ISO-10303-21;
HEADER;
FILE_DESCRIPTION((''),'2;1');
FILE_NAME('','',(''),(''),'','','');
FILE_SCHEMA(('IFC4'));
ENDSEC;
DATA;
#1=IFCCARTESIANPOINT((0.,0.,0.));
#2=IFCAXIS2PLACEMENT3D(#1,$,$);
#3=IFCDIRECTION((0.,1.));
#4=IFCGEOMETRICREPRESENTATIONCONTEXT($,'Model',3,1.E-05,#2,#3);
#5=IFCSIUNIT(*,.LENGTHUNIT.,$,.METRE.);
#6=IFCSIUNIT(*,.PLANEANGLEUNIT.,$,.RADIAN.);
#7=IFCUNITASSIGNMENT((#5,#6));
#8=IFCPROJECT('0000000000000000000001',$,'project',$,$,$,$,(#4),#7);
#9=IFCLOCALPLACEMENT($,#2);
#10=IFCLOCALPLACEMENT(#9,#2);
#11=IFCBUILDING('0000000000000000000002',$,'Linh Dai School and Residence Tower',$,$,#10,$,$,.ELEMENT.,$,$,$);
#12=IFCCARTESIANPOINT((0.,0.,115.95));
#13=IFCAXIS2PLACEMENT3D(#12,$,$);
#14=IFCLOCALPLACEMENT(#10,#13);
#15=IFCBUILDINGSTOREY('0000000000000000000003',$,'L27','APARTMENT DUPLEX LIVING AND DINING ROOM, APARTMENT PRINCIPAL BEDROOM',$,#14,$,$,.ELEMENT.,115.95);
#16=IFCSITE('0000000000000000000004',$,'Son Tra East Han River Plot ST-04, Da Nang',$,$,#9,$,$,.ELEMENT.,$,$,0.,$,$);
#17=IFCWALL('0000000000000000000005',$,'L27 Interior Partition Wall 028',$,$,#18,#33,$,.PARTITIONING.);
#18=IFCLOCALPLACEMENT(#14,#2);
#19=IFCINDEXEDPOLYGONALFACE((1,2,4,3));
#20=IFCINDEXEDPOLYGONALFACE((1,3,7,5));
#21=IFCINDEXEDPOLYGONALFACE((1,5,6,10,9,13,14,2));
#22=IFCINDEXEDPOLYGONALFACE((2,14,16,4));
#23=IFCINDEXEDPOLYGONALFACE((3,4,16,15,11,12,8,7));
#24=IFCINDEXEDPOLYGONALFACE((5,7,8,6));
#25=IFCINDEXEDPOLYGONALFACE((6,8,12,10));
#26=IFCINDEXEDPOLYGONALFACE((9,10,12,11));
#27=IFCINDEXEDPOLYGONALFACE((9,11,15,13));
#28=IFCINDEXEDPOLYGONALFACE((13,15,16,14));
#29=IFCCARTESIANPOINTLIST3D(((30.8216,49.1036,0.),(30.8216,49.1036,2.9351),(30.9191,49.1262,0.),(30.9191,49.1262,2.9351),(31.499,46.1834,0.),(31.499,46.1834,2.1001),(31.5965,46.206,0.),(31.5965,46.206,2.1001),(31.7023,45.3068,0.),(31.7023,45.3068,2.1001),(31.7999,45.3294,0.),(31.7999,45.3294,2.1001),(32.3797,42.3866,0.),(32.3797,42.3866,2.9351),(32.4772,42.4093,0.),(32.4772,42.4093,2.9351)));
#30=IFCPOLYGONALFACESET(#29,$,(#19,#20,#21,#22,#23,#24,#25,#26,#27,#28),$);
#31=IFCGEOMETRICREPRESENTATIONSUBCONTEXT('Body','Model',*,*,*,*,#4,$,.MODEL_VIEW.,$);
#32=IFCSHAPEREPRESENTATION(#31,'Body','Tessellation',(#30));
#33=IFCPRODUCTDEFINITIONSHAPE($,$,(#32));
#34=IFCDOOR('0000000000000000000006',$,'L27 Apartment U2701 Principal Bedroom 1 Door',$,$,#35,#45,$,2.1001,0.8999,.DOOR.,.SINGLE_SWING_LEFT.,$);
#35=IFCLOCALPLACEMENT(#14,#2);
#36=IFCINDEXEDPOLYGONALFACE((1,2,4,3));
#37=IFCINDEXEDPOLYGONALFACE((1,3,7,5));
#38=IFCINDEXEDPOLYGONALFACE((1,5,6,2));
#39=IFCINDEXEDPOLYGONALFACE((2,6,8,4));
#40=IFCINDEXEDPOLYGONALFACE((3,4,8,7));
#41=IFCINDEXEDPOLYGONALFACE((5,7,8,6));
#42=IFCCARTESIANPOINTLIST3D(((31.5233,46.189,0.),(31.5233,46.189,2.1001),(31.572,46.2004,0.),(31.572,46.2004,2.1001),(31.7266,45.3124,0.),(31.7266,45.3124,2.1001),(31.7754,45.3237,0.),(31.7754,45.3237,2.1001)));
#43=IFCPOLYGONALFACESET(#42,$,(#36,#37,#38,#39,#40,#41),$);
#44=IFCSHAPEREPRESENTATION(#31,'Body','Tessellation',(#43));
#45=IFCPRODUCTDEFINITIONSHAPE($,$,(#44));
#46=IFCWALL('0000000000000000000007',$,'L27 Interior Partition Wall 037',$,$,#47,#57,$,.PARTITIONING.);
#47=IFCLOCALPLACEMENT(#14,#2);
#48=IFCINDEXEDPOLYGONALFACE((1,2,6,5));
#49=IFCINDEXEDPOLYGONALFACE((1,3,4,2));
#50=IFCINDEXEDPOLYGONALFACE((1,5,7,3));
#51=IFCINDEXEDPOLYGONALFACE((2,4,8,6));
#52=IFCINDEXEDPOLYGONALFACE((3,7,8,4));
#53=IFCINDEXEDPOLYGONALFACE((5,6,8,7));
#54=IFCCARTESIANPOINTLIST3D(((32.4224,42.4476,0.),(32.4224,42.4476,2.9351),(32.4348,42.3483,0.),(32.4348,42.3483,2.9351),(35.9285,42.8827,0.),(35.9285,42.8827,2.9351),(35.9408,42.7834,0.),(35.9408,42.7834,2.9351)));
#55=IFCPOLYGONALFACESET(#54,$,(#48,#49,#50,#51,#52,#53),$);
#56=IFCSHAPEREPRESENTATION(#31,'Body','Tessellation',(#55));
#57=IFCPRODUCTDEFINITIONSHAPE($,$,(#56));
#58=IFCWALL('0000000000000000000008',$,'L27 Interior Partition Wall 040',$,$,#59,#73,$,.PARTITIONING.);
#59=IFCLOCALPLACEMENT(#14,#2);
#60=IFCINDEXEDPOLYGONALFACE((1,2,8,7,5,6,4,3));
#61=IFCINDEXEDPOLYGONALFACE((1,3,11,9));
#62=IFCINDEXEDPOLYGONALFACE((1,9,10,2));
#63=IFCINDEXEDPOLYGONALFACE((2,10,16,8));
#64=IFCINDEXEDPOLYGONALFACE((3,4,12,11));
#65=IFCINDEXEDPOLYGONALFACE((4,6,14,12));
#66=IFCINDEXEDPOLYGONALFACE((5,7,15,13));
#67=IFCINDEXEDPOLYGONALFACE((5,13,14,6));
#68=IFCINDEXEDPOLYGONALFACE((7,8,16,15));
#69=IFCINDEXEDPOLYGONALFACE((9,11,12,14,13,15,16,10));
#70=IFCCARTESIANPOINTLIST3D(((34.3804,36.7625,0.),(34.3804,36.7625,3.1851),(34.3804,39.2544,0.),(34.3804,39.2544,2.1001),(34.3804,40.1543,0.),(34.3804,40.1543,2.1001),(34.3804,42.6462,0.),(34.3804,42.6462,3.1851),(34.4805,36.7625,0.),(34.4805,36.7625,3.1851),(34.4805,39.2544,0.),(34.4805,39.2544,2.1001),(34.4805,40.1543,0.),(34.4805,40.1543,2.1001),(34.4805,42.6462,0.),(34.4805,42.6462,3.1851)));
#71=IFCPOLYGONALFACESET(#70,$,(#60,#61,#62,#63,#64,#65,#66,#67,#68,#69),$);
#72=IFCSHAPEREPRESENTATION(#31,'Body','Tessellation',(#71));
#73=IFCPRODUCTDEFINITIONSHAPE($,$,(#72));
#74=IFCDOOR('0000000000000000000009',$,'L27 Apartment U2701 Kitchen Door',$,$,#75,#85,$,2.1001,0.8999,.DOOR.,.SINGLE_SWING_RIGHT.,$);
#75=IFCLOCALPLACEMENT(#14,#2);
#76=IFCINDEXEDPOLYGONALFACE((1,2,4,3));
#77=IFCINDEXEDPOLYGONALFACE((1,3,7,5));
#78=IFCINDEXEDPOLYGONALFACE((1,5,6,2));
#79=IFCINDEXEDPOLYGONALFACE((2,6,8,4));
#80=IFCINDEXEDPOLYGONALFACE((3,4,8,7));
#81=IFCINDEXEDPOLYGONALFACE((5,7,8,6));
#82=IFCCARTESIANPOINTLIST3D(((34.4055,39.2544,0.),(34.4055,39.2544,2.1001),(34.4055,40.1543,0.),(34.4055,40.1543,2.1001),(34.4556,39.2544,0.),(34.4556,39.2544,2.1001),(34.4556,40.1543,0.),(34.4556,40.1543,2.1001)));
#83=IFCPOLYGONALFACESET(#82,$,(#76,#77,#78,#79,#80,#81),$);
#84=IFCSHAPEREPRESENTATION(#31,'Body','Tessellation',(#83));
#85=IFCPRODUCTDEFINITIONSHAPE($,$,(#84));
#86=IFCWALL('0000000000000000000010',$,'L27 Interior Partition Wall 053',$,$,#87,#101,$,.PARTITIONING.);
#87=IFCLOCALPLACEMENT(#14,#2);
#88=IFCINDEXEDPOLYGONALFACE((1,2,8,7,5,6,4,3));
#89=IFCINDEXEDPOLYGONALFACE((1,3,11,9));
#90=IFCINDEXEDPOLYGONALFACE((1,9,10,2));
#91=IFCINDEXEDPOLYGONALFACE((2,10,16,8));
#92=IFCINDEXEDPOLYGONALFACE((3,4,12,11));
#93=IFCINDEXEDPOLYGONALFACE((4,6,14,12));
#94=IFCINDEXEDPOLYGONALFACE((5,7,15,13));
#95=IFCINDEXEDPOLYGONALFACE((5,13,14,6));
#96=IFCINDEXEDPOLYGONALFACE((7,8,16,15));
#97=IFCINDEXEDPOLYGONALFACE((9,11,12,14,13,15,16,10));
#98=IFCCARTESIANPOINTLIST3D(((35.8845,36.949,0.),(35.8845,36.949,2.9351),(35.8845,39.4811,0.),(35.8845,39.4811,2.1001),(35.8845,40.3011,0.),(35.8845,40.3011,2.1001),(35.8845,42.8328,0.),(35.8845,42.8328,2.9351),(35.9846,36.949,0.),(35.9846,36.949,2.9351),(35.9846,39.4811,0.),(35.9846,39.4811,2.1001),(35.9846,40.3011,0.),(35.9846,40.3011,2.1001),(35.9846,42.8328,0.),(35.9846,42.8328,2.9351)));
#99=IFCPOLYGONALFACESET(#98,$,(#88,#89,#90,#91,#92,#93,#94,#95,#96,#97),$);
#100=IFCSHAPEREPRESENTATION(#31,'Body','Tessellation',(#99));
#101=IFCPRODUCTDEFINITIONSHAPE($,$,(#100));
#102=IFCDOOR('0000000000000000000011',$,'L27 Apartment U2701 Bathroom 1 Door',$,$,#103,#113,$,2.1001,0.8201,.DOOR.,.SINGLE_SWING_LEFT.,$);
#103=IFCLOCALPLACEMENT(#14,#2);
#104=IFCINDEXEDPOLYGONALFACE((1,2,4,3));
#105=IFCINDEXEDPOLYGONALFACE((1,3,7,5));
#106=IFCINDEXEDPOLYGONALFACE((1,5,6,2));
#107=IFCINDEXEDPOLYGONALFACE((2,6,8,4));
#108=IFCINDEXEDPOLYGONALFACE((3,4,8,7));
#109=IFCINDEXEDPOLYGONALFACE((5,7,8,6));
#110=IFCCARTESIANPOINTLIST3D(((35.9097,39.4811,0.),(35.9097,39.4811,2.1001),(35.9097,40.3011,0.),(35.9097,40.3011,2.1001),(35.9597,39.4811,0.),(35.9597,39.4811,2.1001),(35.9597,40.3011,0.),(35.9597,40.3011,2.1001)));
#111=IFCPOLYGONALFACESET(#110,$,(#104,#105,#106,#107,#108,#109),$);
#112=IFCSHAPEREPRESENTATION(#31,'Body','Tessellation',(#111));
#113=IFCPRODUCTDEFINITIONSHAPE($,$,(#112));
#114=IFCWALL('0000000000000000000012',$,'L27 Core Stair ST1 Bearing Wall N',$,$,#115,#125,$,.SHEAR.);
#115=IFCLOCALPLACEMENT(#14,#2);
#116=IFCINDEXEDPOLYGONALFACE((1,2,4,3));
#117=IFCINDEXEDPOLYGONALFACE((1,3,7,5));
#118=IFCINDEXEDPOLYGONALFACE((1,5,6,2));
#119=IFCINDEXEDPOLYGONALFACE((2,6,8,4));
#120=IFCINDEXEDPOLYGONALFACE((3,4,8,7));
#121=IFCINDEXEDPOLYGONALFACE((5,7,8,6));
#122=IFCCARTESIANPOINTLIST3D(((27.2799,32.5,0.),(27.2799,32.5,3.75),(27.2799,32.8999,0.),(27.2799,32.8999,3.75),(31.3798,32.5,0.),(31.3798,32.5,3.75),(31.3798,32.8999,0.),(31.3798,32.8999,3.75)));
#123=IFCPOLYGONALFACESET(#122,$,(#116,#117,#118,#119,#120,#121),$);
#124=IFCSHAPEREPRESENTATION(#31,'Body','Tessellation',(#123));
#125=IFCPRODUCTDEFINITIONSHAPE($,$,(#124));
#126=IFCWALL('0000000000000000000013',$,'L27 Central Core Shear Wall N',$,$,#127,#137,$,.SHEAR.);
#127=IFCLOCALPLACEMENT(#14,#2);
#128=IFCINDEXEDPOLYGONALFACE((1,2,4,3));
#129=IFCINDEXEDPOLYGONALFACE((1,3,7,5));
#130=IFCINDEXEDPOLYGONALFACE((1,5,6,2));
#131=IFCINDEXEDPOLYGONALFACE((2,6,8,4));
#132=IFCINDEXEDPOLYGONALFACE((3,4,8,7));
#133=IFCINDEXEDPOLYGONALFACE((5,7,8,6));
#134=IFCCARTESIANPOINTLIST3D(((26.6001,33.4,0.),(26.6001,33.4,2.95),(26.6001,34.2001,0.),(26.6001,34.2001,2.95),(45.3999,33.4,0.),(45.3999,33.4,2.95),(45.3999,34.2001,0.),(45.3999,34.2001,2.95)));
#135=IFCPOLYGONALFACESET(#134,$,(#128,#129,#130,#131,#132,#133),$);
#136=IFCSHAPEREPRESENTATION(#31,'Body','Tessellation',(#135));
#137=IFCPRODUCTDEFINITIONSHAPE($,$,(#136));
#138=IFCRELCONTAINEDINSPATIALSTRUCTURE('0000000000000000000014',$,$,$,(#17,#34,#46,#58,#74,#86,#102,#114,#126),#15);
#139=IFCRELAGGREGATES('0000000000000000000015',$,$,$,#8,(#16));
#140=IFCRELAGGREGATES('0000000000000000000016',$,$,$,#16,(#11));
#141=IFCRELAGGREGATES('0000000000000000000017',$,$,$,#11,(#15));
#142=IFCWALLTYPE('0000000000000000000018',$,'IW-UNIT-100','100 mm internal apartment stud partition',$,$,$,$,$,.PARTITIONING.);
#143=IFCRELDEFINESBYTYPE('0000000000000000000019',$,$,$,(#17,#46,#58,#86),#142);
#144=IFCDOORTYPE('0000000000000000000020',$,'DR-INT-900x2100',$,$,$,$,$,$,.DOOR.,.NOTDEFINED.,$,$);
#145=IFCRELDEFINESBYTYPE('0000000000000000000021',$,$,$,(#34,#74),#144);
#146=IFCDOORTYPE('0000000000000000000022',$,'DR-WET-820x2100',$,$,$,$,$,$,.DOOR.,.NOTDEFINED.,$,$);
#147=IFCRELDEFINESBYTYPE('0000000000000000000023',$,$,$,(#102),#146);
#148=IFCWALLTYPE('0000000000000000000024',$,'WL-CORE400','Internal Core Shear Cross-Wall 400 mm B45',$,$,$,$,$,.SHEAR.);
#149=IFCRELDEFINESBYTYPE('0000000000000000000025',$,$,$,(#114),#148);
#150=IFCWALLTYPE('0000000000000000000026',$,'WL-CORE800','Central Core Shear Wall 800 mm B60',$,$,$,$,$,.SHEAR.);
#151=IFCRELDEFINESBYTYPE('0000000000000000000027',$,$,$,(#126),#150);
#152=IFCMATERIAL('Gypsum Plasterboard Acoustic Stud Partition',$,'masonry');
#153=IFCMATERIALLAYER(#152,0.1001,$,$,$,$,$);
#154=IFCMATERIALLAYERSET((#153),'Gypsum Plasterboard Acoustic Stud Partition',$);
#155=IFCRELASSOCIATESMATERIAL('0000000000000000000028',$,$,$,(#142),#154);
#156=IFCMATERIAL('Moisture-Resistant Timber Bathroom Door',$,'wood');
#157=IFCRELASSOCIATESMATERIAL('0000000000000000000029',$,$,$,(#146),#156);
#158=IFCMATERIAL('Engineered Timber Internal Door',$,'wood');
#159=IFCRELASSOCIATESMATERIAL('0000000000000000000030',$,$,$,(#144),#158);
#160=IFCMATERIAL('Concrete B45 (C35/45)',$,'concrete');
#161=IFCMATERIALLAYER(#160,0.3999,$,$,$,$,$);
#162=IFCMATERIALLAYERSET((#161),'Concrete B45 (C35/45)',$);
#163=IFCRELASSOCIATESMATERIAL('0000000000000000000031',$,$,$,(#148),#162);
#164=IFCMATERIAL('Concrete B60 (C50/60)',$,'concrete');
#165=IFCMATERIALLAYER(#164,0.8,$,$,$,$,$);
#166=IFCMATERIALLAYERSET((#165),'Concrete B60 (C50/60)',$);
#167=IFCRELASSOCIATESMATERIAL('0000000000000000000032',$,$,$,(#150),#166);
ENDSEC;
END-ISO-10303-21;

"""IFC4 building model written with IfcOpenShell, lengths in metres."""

from ifc_helpers import new_model, si_unit, direction, frame, frame_2d, origin, origin_2d, place, context, subcontext, project, spatial, rectangle, extrude, source, transform, mapped, material, layer, layer_set, type_object, element, fill, save


model = new_model("IFC4")

# Units and contexts
model_context = context("Model", 3, precision=1e-05, world=origin(), true_north=direction((0.0, 1.0)))
body_context = subcontext(model_context, "Body", "Model", "MODEL_VIEW")
ifc_project = project(units=[si_unit("LENGTHUNIT", "METRE"), si_unit("PLANEANGLEUNIT", "RADIAN")], contexts=[model_context])

# Site, building, storey
site_placement = place(None, origin())
site = spatial("IfcSite", under=ifc_project, at=site_placement, Name="Son Tra East Han River Plot ST-04, Da Nang", CompositionType="ELEMENT", RefElevation=0.0)
building_placement = place(site_placement, origin())
building = spatial("IfcBuilding", under=site, at=building_placement, Name="Linh Dai School and Residence Tower", CompositionType="ELEMENT")
storey_placement = place(building_placement, frame((0.0, 0.0, 115.95)))
storey = spatial("IfcBuildingStorey", under=building, at=storey_placement, Name="L27", Description="APARTMENT DUPLEX LIVING AND DINING ROOM, APARTMENT PRINCIPAL BEDROOM", CompositionType="ELEMENT", Elevation=115.95)

# Wall, opening, door
ifc_material_1 = material(Name="Gypsum Plasterboard Acoustic Stud Partition", Category="masonry")
ifc_layer_1 = layer(ifc_material_1, 0.1001)
ifc_layer_set_1 = layer_set([ifc_layer_1], Name="Gypsum Plasterboard Acoustic Stud Partition")
wall_type_1 = type_object("IfcWallType", Name="IW-UNIT-100", Description="100 mm internal apartment stud partition", PredefinedType="PARTITIONING", material=ifc_layer_set_1)
ifc_material_2 = material(Name="Moisture-Resistant Timber Bathroom Door", Category="wood")
door_type_1 = type_object("IfcDoorType", Name="DR-WET-820x2100", OperationType="NOTDEFINED", PredefinedType="DOOR", material=ifc_material_2)
shared_shape_1 = source(origin(), body_context, "Body", "SweptSolid", [
    extrude(rectangle(XDim=0.8201, YDim=2.1001, at=origin_2d()), frame((0.4102, 0.0249, 1.05), z_axis=(0.0, -1.0, 0.0), x_axis=(1.0, 0.0, 0.0)), (0.0, 0.0, 1.0), 0.05),
])
wall_1_placement = place(storey_placement, frame((30.8704, 49.115, 0.0), z_axis=(0.0, 0.0, 1.0), x_axis=(0.225964, -0.974136, 0.0)))
wall_1 = element("IfcWall", 1, at=wall_1_placement, inside=storey, type_object=wall_type_1, Name="L27 Interior Partition Wall 028", PredefinedType="PARTITIONING", context=body_context, shape_type="SweptSolid", body=[
    extrude(rectangle(XDim=6.8953, YDim=0.1001, at=frame_2d((3.4478, 0.0))), origin(), (0.0, 0.0, 1.0), 2.9351),
])
opening_1_placement = place(wall_1_placement, frame((2.9978, 0.0, 0.0)))
opening_1 = element("IfcOpeningElement", 2, at=opening_1_placement, cuts=wall_1, PredefinedType="OPENING", context=body_context, shape_type="SweptSolid", body=[
    extrude(rectangle(XDim=0.8999, YDim=2.1001, at=origin_2d()), frame((0.45, 0.0601, 1.05), z_axis=(0.0, -1.0, 0.0), x_axis=(1.0, 0.0, 0.0)), (0.0, 0.0, 1.0), 0.1201),
])
ifc_material_3 = material(Name="Engineered Timber Internal Door", Category="wood")
door_type_2 = type_object("IfcDoorType", Name="DR-INT-900x2100", OperationType="NOTDEFINED", PredefinedType="DOOR", material=ifc_material_3)
shared_shape_2 = source(origin(), body_context, "Body", "SweptSolid", [
    extrude(rectangle(XDim=0.8999, YDim=2.1001, at=origin_2d()), frame((0.45, 0.0249, 1.05), z_axis=(0.0, -1.0, 0.0), x_axis=(1.0, 0.0, 0.0)), (0.0, 0.0, 1.0), 0.05),
])
door_1_placement = place(opening_1_placement, origin())
door_1 = element("IfcDoor", 3, at=door_1_placement, inside=storey, type_object=door_type_2, Name="L27 Apartment U2701 Principal Bedroom 1 Door", OperationType="SINGLE_SWING_LEFT", OverallHeight=2.1001, OverallWidth=0.8999, PredefinedType="DOOR", context=body_context, shape_type="MappedRepresentation", body=[
    mapped(shared_shape_2, transform((0.0, 0.0, 0.0), x_axis=(1.0, 0.0, 0.0), y_axis=(0.0, 1.0, 0.0), z_axis=(0.0, 0.0, 1.0), scale=1.0)),
])
fill(opening_1, door_1)

# Wall
wall_2_placement = place(storey_placement, frame((32.4285, 42.3979, 0.0), z_axis=(0.0, 0.0, 1.0), x_axis=(0.992389, 0.123142, 0.0)))
element("IfcWall", 4, at=wall_2_placement, inside=storey, type_object=wall_type_1, Name="L27 Interior Partition Wall 037", PredefinedType="PARTITIONING", context=body_context, shape_type="SweptSolid", body=[
    extrude(rectangle(XDim=3.533, YDim=0.1001, at=frame_2d((1.7666, 0.0))), origin(), (0.0, 0.0, 1.0), 2.9351),
])

# Walls, openings, doors
wall_3_placement = place(storey_placement, frame((34.4304, 36.7625, 0.0), z_axis=(0.0, 0.0, 1.0), x_axis=(0.0, 1.0, 0.0)))
wall_3 = element("IfcWall", 5, at=wall_3_placement, inside=storey, type_object=wall_type_1, Name="L27 Interior Partition Wall 040", PredefinedType="PARTITIONING", context=body_context, shape_type="SweptSolid", body=[
    extrude(rectangle(XDim=5.8838, YDim=0.1001, at=frame_2d((2.9419, 0.0))), origin(), (0.0, 0.0, 1.0), 3.1851),
])
opening_2_placement = place(wall_3_placement, frame((2.4919, 0.0, 0.0)))
opening_2 = element("IfcOpeningElement", 6, at=opening_2_placement, cuts=wall_3, PredefinedType="OPENING", context=body_context, shape_type="SweptSolid", body=[
    extrude(rectangle(XDim=0.8999, YDim=2.1001, at=origin_2d()), frame((0.45, 0.0601, 1.05), z_axis=(0.0, -1.0, 0.0), x_axis=(1.0, 0.0, 0.0)), (0.0, 0.0, 1.0), 0.1201),
])
door_2_placement = place(opening_2_placement, origin())
door_2 = element("IfcDoor", 7, at=door_2_placement, inside=storey, type_object=door_type_2, Name="L27 Apartment U2701 Kitchen Door", OperationType="SINGLE_SWING_RIGHT", OverallHeight=2.1001, OverallWidth=0.8999, PredefinedType="DOOR", context=body_context, shape_type="MappedRepresentation", body=[
    mapped(shared_shape_2, transform((0.0, 0.0, 0.0), x_axis=(1.0, 0.0, 0.0), y_axis=(0.0, 1.0, 0.0), z_axis=(0.0, 0.0, 1.0), scale=1.0)),
])
fill(opening_2, door_2)
wall_4_placement = place(storey_placement, frame((35.9346, 36.949, 0.0), z_axis=(0.0, 0.0, 1.0), x_axis=(0.0, 1.0, 0.0)))
wall_4 = element("IfcWall", 8, at=wall_4_placement, inside=storey, type_object=wall_type_1, Name="L27 Interior Partition Wall 053", PredefinedType="PARTITIONING", context=body_context, shape_type="SweptSolid", body=[
    extrude(rectangle(XDim=5.8838, YDim=0.1001, at=frame_2d((2.9419, 0.0))), origin(), (0.0, 0.0, 1.0), 2.9351),
])
opening_3_placement = place(wall_4_placement, frame((2.532, 0.0, 0.0)))
opening_3 = element("IfcOpeningElement", 9, at=opening_3_placement, cuts=wall_4, PredefinedType="OPENING", context=body_context, shape_type="SweptSolid", body=[
    extrude(rectangle(XDim=0.8201, YDim=2.1001, at=origin_2d()), frame((0.4102, 0.0601, 1.05), z_axis=(0.0, -1.0, 0.0), x_axis=(1.0, 0.0, 0.0)), (0.0, 0.0, 1.0), 0.1201),
])
door_3_placement = place(opening_3_placement, origin())
door_3 = element("IfcDoor", 10, at=door_3_placement, inside=storey, type_object=door_type_1, Name="L27 Apartment U2701 Bathroom 1 Door", OperationType="SINGLE_SWING_LEFT", OverallHeight=2.1001, OverallWidth=0.8201, PredefinedType="DOOR", context=body_context, shape_type="MappedRepresentation", body=[
    mapped(shared_shape_1, transform((0.0, 0.0, 0.0), x_axis=(1.0, 0.0, 0.0), y_axis=(0.0, 1.0, 0.0), z_axis=(0.0, 0.0, 1.0), scale=1.0)),
])
fill(opening_3, door_3)

# Walls
ifc_material_4 = material(Name="Concrete B45 (C35/45)", Category="concrete")
ifc_layer_2 = layer(ifc_material_4, 0.3999)
ifc_layer_set_2 = layer_set([ifc_layer_2], Name="Concrete B45 (C35/45)")
wall_type_2 = type_object("IfcWallType", Name="WL-CORE400", Description="Internal Core Shear Cross-Wall 400 mm B45", PredefinedType="SHEAR", material=ifc_layer_set_2)
wall_5_placement = place(storey_placement, frame((27.28, 32.7, 0.0), z_axis=(0.0, 0.0, 1.0), x_axis=(1.0, 0.0, 0.0)))
element("IfcWall", 11, at=wall_5_placement, inside=storey, type_object=wall_type_2, Name="L27 Core Stair ST1 Bearing Wall N", PredefinedType="SHEAR", context=body_context, shape_type="SweptSolid", body=[
    extrude(rectangle(XDim=4.0999, YDim=0.3999, at=frame_2d((2.0498, 0.0))), origin(), (0.0, 0.0, 1.0), 3.75),
])
ifc_material_5 = material(Name="Concrete B60 (C50/60)", Category="concrete")
ifc_layer_3 = layer(ifc_material_5, 0.8)
ifc_layer_set_3 = layer_set([ifc_layer_3], Name="Concrete B60 (C50/60)")
wall_type_3 = type_object("IfcWallType", Name="WL-CORE800", Description="Central Core Shear Wall 800 mm B60", PredefinedType="SHEAR", material=ifc_layer_set_3)
wall_6_placement = place(storey_placement, frame((26.6001, 33.8, 0.0), z_axis=(0.0, 0.0, 1.0), x_axis=(1.0, 0.0, 0.0)))
element("IfcWall", 12, at=wall_6_placement, inside=storey, type_object=wall_type_3, Name="L27 Central Core Shear Wall N", PredefinedType="SHEAR", context=body_context, shape_type="SweptSolid", body=[
    extrude(rectangle(XDim=18.7998, YDim=0.8, at=frame_2d((9.3999, 0.0))), origin(), (0.0, 0.0, 1.0), 2.95),
])

save(model, "model.ifc")
